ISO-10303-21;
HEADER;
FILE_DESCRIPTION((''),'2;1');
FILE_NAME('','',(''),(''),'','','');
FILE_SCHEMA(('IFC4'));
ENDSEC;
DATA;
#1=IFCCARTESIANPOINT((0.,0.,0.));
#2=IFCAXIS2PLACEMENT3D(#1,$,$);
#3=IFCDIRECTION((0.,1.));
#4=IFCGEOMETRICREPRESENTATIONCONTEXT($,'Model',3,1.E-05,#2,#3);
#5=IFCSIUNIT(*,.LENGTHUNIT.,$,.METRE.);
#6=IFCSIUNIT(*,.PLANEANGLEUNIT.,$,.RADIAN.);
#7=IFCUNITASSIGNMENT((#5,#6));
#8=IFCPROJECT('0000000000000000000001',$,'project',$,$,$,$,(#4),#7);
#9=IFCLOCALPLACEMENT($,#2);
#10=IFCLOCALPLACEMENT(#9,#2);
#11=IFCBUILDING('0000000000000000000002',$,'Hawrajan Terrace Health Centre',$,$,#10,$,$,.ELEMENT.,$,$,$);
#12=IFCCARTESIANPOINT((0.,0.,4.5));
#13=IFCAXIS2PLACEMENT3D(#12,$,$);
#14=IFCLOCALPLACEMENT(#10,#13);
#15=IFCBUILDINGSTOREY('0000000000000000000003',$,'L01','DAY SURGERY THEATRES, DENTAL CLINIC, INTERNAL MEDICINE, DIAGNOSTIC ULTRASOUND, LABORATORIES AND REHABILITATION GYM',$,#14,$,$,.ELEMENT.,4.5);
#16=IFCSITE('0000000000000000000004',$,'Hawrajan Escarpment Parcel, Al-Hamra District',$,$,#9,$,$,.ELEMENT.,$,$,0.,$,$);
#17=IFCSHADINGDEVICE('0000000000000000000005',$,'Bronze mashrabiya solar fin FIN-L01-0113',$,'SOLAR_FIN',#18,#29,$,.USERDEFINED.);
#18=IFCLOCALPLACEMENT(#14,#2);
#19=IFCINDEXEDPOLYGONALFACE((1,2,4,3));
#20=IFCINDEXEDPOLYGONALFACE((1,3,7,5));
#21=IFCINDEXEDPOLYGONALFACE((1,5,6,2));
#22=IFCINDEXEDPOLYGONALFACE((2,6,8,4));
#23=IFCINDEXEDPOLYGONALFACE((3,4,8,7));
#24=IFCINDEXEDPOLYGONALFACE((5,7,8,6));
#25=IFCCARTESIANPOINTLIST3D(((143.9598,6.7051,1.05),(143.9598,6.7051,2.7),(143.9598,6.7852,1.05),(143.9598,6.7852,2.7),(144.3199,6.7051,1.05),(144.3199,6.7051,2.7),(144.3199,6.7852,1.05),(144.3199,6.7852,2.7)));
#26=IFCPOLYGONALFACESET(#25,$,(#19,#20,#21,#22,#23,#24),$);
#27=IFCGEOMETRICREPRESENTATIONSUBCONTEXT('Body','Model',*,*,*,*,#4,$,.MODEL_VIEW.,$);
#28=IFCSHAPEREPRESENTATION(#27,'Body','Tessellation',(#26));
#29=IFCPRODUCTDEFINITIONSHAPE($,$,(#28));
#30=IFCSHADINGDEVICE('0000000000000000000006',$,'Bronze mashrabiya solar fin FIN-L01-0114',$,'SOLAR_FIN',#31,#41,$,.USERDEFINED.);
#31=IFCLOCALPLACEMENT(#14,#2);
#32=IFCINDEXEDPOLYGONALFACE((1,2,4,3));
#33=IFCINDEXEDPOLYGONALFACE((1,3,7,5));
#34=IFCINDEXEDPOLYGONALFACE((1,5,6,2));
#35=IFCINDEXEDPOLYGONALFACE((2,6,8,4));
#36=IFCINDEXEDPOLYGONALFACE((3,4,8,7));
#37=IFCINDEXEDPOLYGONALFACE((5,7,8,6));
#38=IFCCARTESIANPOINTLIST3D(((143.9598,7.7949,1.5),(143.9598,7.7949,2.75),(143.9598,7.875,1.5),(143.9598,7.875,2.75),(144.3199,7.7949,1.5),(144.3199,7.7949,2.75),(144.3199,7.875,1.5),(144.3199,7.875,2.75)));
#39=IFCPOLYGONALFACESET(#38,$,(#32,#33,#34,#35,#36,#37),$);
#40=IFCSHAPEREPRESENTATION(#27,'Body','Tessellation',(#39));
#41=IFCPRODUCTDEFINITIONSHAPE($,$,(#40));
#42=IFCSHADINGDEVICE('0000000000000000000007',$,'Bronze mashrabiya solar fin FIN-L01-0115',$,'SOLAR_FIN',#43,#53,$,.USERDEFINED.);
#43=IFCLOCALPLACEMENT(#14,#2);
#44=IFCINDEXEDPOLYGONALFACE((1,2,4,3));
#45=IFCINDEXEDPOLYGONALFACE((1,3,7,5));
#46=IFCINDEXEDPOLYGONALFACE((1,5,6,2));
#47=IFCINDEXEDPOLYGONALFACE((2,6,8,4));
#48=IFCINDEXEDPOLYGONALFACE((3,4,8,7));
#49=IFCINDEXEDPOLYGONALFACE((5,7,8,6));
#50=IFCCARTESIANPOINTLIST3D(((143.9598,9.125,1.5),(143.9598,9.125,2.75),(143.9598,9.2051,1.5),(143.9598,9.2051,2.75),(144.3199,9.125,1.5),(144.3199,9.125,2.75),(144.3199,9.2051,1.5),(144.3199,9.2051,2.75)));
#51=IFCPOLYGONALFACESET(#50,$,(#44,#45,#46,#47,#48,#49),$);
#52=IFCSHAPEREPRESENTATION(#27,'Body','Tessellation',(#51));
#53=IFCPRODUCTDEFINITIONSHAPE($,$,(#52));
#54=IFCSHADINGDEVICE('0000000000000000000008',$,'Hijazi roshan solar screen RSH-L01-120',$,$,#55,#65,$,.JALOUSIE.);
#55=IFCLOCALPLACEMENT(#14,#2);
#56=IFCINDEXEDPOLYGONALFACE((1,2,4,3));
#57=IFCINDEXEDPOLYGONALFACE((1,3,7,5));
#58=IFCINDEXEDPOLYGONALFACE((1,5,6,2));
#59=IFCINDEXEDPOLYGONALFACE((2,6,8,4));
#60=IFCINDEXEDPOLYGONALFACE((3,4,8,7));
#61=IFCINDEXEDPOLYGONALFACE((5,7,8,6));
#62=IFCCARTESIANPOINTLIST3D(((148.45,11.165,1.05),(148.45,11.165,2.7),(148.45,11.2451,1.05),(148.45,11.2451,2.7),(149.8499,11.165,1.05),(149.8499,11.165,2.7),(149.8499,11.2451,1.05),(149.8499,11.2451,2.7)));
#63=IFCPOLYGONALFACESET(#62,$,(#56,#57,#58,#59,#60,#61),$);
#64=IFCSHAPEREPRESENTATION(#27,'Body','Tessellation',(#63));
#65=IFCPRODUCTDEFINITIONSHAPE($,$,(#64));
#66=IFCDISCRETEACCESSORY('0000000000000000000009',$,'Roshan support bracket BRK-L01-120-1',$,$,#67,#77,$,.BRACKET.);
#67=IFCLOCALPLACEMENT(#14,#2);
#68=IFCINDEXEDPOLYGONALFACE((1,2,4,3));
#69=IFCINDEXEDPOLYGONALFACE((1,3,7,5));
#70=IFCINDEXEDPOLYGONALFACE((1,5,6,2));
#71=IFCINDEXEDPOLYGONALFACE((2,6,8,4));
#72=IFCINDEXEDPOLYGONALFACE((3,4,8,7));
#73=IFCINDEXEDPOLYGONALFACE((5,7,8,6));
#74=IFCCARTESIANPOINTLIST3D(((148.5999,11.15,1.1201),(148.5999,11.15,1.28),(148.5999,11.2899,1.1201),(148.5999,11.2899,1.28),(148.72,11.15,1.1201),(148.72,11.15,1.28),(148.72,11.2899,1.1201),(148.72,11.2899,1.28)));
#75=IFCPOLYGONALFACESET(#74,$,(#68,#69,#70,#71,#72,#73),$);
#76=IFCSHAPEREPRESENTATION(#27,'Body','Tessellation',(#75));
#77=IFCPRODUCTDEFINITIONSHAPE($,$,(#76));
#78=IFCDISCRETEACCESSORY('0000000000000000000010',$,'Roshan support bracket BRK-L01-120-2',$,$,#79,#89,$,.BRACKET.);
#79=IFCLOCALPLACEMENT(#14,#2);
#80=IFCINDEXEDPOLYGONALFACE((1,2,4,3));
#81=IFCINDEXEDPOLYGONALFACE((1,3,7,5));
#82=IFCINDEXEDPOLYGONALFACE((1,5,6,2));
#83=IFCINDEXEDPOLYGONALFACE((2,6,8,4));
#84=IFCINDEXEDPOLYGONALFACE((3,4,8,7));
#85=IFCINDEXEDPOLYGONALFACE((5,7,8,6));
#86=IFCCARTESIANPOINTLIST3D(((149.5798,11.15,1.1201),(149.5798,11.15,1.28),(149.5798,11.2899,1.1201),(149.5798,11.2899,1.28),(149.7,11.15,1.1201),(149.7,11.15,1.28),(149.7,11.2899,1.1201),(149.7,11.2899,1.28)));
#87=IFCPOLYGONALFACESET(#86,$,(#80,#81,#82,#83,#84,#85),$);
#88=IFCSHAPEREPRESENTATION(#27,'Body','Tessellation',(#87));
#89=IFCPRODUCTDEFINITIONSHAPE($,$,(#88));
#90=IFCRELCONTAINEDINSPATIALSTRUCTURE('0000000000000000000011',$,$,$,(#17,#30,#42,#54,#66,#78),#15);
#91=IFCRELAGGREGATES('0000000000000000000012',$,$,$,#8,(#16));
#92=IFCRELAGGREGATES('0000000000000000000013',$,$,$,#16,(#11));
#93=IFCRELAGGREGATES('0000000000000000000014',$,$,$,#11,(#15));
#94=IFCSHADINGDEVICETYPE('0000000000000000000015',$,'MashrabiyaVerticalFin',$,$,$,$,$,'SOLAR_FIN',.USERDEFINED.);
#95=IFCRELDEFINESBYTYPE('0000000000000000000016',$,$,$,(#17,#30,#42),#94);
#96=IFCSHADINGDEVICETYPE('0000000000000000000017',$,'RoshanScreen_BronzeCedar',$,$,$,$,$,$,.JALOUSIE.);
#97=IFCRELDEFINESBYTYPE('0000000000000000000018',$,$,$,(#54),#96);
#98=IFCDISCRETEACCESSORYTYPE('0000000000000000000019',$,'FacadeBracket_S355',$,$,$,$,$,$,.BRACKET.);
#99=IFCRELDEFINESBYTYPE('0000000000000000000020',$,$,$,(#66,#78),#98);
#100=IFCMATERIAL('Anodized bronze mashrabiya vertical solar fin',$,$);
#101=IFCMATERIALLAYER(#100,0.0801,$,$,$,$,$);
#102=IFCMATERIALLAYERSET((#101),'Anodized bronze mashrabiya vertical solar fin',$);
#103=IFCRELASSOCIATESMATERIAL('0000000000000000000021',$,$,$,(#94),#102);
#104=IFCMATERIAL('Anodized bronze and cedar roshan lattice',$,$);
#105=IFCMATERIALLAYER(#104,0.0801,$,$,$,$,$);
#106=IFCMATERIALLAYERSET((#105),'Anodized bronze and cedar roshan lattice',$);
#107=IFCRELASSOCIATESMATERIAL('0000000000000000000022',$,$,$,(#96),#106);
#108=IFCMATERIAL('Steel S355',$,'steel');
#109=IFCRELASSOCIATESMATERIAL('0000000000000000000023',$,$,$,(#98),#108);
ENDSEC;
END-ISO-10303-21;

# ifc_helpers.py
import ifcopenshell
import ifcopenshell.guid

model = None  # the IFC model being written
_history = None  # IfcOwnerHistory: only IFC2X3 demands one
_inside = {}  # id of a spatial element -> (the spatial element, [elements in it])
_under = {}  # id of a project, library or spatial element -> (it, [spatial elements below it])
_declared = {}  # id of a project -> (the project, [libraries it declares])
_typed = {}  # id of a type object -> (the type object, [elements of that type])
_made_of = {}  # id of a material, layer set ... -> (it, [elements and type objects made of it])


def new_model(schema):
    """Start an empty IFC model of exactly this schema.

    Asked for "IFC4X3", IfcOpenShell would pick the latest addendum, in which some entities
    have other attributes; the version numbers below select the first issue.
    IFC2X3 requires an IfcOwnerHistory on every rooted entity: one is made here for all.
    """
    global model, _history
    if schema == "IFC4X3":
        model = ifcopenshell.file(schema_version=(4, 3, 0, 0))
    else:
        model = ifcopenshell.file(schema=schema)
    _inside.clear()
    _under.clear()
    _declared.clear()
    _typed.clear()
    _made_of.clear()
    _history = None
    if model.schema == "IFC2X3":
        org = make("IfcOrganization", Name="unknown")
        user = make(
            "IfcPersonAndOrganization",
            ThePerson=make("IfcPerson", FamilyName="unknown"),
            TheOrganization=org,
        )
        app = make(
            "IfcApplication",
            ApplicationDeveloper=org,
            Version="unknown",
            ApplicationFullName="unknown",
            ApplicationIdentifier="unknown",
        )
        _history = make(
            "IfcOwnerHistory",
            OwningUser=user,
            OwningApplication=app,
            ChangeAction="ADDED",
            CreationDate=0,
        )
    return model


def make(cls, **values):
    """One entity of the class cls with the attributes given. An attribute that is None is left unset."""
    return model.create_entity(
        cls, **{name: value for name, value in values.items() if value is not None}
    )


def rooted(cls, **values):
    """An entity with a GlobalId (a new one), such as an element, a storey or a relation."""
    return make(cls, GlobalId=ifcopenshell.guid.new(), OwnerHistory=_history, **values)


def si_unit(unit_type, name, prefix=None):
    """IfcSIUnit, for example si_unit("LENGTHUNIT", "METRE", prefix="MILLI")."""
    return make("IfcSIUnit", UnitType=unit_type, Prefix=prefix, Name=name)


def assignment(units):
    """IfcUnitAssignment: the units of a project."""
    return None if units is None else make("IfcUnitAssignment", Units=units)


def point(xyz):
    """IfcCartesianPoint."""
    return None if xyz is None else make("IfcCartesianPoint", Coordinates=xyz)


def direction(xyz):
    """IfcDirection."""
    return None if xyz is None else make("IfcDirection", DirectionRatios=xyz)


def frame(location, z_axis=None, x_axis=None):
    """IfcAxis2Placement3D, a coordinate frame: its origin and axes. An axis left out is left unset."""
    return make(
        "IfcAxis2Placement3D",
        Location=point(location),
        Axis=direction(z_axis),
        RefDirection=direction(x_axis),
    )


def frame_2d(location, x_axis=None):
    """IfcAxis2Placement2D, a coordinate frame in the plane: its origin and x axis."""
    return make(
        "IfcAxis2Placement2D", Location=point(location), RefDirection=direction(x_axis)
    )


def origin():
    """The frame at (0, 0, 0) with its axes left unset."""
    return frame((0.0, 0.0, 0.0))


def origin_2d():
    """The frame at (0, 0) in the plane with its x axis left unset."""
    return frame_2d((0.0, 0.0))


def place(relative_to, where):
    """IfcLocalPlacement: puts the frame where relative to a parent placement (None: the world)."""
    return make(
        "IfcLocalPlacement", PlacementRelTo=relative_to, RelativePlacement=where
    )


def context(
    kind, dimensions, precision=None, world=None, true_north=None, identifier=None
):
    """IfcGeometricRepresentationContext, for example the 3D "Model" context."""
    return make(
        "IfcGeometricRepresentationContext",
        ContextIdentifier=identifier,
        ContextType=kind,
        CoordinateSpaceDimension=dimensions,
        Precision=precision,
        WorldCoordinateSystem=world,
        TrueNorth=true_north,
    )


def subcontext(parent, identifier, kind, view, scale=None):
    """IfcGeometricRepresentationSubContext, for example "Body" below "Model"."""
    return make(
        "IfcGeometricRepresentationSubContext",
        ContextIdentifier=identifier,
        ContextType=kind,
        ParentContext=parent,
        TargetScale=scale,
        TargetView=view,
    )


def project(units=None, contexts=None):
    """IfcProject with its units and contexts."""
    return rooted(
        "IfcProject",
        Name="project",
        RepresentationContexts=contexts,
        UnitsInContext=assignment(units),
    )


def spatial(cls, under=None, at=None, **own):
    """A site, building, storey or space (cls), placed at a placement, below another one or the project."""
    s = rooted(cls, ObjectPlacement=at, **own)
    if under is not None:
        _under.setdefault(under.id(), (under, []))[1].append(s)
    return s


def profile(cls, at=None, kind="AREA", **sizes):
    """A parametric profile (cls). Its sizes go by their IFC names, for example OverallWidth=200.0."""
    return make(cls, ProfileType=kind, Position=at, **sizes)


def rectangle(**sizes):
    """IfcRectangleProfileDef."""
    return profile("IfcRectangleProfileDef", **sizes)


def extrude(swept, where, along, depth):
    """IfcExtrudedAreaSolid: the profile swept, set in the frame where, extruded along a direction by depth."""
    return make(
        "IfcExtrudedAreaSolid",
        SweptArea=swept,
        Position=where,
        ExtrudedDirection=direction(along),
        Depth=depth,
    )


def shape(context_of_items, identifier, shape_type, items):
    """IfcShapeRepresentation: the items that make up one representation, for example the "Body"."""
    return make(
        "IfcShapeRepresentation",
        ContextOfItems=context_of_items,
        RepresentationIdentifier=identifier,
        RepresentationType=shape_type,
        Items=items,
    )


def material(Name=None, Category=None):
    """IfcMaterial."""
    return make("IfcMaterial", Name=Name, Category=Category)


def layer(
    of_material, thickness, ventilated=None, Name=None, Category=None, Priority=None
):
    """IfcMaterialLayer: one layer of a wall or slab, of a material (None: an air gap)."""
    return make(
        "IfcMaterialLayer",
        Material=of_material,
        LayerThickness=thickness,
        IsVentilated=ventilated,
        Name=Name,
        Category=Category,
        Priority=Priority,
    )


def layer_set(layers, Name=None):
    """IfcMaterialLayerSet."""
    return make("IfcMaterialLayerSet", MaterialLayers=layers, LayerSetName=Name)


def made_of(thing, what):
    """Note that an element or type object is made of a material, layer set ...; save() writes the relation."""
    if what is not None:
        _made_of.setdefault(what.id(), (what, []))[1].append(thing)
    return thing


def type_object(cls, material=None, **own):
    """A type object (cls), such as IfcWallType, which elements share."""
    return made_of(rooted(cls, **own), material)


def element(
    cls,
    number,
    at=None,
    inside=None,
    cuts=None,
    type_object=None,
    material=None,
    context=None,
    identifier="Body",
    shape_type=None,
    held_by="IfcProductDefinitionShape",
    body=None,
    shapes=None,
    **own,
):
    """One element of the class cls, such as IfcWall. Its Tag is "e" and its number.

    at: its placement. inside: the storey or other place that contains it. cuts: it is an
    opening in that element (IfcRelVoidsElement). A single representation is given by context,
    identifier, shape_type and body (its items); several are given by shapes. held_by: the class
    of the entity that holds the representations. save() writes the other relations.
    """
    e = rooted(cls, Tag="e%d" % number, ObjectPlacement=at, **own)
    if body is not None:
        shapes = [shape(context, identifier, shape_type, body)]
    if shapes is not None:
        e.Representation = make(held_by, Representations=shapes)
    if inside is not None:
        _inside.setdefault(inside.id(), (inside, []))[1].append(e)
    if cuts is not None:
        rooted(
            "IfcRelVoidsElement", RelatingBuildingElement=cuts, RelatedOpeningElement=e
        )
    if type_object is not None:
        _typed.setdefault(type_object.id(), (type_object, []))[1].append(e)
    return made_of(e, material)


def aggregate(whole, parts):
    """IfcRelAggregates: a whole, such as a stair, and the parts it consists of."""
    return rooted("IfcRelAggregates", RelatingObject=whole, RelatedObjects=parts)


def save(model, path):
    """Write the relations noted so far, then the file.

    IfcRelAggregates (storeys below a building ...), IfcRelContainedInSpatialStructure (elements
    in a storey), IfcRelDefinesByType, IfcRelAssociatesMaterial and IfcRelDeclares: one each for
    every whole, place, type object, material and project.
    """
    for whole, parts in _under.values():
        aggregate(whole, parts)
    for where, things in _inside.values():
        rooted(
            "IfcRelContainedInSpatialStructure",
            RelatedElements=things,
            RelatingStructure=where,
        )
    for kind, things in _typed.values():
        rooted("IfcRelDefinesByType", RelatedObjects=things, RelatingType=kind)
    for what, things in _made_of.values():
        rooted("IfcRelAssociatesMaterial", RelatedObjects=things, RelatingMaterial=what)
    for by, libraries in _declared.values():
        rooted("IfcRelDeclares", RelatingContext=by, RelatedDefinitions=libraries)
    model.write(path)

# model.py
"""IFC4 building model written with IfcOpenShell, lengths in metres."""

from ifc_helpers import new_model, si_unit, direction, frame, origin, origin_2d, place, context, subcontext, project, spatial, rectangle, extrude, material, layer, layer_set, type_object, element, save


model = new_model("IFC4")

# Units and contexts
model_context = context("Model", 3, precision=1e-05, world=origin(), true_north=direction((0.0, 1.0)))
body_context = subcontext(model_context, "Body", "Model", "MODEL_VIEW")
ifc_project = project(units=[si_unit("LENGTHUNIT", "METRE"), si_unit("PLANEANGLEUNIT", "RADIAN")], contexts=[model_context])

# Site, building, storey
site_placement = place(None, origin())
site = spatial("IfcSite", under=ifc_project, at=site_placement, Name="Hawrajan Escarpment Parcel, Al-Hamra District", CompositionType="ELEMENT", RefElevation=0.0)
building_placement = place(site_placement, origin())
building = spatial("IfcBuilding", under=site, at=building_placement, Name="Hawrajan Terrace Health Centre", CompositionType="ELEMENT")
storey_placement = place(building_placement, frame((0.0, 0.0, 4.5)))
storey = spatial("IfcBuildingStorey", under=building, at=storey_placement, Name="L01", Description="DAY SURGERY THEATRES, DENTAL CLINIC, INTERNAL MEDICINE, DIAGNOSTIC ULTRASOUND, LABORATORIES AND REHABILITATION GYM", CompositionType="ELEMENT", Elevation=4.5)

# Shared definitions
ifc_material_1 = material(Name="Steel S355", Category="steel")

# Shading devices
ifc_material_2 = material(Name="Anodized bronze mashrabiya vertical solar fin")
ifc_layer_1 = layer(ifc_material_2, 0.0801)
ifc_layer_set_1 = layer_set([ifc_layer_1], Name="Anodized bronze mashrabiya vertical solar fin")
shading_device_type_1 = type_object("IfcShadingDeviceType", Name="MashrabiyaVerticalFin", ElementType="SOLAR_FIN", PredefinedType="USERDEFINED", material=ifc_layer_set_1)
for number, where, z_axis, x_axis, name in (
    (1, (144.1399, 6.7451, 1.05), (0.0, 0.0, 1.0), (0.0, 1.0, 0.0), "Bronze mashrabiya solar fin FIN-L01-0113"),
):
    element("IfcShadingDevice", number, at=place(storey_placement, frame(where, z_axis=z_axis, x_axis=x_axis)), inside=storey, type_object=shading_device_type_1, Name=name, ObjectType="SOLAR_FIN", PredefinedType="USERDEFINED", context=body_context, shape_type="SweptSolid", body=[
        extrude(rectangle(XDim=0.0801, YDim=0.3601, at=origin_2d()), origin(), (0.0, 0.0, 1.0), 1.6499),
    ])
for number, where, z_axis, x_axis, name in (
    (2, (144.1399, 7.835, 1.5), (0.0, 0.0, 1.0), (0.0, 1.0, 0.0), "Bronze mashrabiya solar fin FIN-L01-0114"),
    (3, (144.1399, 9.165, 1.5), (0.0, 0.0, 1.0), (0.0, 1.0, 0.0), "Bronze mashrabiya solar fin FIN-L01-0115"),
):
    element("IfcShadingDevice", number, at=place(storey_placement, frame(where, z_axis=z_axis, x_axis=x_axis)), inside=storey, type_object=shading_device_type_1, Name=name, ObjectType="SOLAR_FIN", PredefinedType="USERDEFINED", context=body_context, shape_type="SweptSolid", body=[
        extrude(rectangle(XDim=0.0801, YDim=0.3601, at=origin_2d()), origin(), (0.0, 0.0, 1.0), 1.25),
    ])
ifc_material_3 = material(Name="Anodized bronze and cedar roshan lattice")
ifc_layer_2 = layer(ifc_material_3, 0.0801)
ifc_layer_set_2 = layer_set([ifc_layer_2], Name="Anodized bronze and cedar roshan lattice")
shading_device_type_2 = type_object("IfcShadingDeviceType", Name="RoshanScreen_BronzeCedar", PredefinedType="JALOUSIE", material=ifc_layer_set_2)
shading_device_placement = place(storey_placement, frame((149.1499, 11.2051, 1.05), z_axis=(0.0, 0.0, 1.0), x_axis=(1.0, 0.0, 0.0)))
element("IfcShadingDevice", 4, at=shading_device_placement, inside=storey, type_object=shading_device_type_2, Name="Hijazi roshan solar screen RSH-L01-120", PredefinedType="JALOUSIE", context=body_context, shape_type="SweptSolid", body=[
    extrude(rectangle(XDim=1.3999, YDim=0.0801, at=origin_2d()), origin(), (0.0, 0.0, 1.0), 1.6499),
])

# Discrete accessories
discrete_accessory_type = type_object("IfcDiscreteAccessoryType", Name="FacadeBracket_S355", PredefinedType="BRACKET", material=ifc_material_1)
for number, where, z_axis, x_axis, name in (
    (5, (148.6599, 11.22, 1.1201), (0.0, 0.0, 1.0), (1.0, 0.0, 0.0), "Roshan support bracket BRK-L01-120-1"),
    (6, (149.6399, 11.22, 1.1201), (0.0, 0.0, 1.0), (1.0, 0.0, 0.0), "Roshan support bracket BRK-L01-120-2"),
):
    element("IfcDiscreteAccessory", number, at=place(storey_placement, frame(where, z_axis=z_axis, x_axis=x_axis)), inside=storey, type_object=discrete_accessory_type, Name=name, PredefinedType="BRACKET", context=body_context, shape_type="SweptSolid", body=[
        extrude(rectangle(XDim=0.1201, YDim=0.1399, at=origin_2d()), origin(), (0.0, 0.0, 1.0), 0.1599),
    ])

save(model, "model.ifc")
